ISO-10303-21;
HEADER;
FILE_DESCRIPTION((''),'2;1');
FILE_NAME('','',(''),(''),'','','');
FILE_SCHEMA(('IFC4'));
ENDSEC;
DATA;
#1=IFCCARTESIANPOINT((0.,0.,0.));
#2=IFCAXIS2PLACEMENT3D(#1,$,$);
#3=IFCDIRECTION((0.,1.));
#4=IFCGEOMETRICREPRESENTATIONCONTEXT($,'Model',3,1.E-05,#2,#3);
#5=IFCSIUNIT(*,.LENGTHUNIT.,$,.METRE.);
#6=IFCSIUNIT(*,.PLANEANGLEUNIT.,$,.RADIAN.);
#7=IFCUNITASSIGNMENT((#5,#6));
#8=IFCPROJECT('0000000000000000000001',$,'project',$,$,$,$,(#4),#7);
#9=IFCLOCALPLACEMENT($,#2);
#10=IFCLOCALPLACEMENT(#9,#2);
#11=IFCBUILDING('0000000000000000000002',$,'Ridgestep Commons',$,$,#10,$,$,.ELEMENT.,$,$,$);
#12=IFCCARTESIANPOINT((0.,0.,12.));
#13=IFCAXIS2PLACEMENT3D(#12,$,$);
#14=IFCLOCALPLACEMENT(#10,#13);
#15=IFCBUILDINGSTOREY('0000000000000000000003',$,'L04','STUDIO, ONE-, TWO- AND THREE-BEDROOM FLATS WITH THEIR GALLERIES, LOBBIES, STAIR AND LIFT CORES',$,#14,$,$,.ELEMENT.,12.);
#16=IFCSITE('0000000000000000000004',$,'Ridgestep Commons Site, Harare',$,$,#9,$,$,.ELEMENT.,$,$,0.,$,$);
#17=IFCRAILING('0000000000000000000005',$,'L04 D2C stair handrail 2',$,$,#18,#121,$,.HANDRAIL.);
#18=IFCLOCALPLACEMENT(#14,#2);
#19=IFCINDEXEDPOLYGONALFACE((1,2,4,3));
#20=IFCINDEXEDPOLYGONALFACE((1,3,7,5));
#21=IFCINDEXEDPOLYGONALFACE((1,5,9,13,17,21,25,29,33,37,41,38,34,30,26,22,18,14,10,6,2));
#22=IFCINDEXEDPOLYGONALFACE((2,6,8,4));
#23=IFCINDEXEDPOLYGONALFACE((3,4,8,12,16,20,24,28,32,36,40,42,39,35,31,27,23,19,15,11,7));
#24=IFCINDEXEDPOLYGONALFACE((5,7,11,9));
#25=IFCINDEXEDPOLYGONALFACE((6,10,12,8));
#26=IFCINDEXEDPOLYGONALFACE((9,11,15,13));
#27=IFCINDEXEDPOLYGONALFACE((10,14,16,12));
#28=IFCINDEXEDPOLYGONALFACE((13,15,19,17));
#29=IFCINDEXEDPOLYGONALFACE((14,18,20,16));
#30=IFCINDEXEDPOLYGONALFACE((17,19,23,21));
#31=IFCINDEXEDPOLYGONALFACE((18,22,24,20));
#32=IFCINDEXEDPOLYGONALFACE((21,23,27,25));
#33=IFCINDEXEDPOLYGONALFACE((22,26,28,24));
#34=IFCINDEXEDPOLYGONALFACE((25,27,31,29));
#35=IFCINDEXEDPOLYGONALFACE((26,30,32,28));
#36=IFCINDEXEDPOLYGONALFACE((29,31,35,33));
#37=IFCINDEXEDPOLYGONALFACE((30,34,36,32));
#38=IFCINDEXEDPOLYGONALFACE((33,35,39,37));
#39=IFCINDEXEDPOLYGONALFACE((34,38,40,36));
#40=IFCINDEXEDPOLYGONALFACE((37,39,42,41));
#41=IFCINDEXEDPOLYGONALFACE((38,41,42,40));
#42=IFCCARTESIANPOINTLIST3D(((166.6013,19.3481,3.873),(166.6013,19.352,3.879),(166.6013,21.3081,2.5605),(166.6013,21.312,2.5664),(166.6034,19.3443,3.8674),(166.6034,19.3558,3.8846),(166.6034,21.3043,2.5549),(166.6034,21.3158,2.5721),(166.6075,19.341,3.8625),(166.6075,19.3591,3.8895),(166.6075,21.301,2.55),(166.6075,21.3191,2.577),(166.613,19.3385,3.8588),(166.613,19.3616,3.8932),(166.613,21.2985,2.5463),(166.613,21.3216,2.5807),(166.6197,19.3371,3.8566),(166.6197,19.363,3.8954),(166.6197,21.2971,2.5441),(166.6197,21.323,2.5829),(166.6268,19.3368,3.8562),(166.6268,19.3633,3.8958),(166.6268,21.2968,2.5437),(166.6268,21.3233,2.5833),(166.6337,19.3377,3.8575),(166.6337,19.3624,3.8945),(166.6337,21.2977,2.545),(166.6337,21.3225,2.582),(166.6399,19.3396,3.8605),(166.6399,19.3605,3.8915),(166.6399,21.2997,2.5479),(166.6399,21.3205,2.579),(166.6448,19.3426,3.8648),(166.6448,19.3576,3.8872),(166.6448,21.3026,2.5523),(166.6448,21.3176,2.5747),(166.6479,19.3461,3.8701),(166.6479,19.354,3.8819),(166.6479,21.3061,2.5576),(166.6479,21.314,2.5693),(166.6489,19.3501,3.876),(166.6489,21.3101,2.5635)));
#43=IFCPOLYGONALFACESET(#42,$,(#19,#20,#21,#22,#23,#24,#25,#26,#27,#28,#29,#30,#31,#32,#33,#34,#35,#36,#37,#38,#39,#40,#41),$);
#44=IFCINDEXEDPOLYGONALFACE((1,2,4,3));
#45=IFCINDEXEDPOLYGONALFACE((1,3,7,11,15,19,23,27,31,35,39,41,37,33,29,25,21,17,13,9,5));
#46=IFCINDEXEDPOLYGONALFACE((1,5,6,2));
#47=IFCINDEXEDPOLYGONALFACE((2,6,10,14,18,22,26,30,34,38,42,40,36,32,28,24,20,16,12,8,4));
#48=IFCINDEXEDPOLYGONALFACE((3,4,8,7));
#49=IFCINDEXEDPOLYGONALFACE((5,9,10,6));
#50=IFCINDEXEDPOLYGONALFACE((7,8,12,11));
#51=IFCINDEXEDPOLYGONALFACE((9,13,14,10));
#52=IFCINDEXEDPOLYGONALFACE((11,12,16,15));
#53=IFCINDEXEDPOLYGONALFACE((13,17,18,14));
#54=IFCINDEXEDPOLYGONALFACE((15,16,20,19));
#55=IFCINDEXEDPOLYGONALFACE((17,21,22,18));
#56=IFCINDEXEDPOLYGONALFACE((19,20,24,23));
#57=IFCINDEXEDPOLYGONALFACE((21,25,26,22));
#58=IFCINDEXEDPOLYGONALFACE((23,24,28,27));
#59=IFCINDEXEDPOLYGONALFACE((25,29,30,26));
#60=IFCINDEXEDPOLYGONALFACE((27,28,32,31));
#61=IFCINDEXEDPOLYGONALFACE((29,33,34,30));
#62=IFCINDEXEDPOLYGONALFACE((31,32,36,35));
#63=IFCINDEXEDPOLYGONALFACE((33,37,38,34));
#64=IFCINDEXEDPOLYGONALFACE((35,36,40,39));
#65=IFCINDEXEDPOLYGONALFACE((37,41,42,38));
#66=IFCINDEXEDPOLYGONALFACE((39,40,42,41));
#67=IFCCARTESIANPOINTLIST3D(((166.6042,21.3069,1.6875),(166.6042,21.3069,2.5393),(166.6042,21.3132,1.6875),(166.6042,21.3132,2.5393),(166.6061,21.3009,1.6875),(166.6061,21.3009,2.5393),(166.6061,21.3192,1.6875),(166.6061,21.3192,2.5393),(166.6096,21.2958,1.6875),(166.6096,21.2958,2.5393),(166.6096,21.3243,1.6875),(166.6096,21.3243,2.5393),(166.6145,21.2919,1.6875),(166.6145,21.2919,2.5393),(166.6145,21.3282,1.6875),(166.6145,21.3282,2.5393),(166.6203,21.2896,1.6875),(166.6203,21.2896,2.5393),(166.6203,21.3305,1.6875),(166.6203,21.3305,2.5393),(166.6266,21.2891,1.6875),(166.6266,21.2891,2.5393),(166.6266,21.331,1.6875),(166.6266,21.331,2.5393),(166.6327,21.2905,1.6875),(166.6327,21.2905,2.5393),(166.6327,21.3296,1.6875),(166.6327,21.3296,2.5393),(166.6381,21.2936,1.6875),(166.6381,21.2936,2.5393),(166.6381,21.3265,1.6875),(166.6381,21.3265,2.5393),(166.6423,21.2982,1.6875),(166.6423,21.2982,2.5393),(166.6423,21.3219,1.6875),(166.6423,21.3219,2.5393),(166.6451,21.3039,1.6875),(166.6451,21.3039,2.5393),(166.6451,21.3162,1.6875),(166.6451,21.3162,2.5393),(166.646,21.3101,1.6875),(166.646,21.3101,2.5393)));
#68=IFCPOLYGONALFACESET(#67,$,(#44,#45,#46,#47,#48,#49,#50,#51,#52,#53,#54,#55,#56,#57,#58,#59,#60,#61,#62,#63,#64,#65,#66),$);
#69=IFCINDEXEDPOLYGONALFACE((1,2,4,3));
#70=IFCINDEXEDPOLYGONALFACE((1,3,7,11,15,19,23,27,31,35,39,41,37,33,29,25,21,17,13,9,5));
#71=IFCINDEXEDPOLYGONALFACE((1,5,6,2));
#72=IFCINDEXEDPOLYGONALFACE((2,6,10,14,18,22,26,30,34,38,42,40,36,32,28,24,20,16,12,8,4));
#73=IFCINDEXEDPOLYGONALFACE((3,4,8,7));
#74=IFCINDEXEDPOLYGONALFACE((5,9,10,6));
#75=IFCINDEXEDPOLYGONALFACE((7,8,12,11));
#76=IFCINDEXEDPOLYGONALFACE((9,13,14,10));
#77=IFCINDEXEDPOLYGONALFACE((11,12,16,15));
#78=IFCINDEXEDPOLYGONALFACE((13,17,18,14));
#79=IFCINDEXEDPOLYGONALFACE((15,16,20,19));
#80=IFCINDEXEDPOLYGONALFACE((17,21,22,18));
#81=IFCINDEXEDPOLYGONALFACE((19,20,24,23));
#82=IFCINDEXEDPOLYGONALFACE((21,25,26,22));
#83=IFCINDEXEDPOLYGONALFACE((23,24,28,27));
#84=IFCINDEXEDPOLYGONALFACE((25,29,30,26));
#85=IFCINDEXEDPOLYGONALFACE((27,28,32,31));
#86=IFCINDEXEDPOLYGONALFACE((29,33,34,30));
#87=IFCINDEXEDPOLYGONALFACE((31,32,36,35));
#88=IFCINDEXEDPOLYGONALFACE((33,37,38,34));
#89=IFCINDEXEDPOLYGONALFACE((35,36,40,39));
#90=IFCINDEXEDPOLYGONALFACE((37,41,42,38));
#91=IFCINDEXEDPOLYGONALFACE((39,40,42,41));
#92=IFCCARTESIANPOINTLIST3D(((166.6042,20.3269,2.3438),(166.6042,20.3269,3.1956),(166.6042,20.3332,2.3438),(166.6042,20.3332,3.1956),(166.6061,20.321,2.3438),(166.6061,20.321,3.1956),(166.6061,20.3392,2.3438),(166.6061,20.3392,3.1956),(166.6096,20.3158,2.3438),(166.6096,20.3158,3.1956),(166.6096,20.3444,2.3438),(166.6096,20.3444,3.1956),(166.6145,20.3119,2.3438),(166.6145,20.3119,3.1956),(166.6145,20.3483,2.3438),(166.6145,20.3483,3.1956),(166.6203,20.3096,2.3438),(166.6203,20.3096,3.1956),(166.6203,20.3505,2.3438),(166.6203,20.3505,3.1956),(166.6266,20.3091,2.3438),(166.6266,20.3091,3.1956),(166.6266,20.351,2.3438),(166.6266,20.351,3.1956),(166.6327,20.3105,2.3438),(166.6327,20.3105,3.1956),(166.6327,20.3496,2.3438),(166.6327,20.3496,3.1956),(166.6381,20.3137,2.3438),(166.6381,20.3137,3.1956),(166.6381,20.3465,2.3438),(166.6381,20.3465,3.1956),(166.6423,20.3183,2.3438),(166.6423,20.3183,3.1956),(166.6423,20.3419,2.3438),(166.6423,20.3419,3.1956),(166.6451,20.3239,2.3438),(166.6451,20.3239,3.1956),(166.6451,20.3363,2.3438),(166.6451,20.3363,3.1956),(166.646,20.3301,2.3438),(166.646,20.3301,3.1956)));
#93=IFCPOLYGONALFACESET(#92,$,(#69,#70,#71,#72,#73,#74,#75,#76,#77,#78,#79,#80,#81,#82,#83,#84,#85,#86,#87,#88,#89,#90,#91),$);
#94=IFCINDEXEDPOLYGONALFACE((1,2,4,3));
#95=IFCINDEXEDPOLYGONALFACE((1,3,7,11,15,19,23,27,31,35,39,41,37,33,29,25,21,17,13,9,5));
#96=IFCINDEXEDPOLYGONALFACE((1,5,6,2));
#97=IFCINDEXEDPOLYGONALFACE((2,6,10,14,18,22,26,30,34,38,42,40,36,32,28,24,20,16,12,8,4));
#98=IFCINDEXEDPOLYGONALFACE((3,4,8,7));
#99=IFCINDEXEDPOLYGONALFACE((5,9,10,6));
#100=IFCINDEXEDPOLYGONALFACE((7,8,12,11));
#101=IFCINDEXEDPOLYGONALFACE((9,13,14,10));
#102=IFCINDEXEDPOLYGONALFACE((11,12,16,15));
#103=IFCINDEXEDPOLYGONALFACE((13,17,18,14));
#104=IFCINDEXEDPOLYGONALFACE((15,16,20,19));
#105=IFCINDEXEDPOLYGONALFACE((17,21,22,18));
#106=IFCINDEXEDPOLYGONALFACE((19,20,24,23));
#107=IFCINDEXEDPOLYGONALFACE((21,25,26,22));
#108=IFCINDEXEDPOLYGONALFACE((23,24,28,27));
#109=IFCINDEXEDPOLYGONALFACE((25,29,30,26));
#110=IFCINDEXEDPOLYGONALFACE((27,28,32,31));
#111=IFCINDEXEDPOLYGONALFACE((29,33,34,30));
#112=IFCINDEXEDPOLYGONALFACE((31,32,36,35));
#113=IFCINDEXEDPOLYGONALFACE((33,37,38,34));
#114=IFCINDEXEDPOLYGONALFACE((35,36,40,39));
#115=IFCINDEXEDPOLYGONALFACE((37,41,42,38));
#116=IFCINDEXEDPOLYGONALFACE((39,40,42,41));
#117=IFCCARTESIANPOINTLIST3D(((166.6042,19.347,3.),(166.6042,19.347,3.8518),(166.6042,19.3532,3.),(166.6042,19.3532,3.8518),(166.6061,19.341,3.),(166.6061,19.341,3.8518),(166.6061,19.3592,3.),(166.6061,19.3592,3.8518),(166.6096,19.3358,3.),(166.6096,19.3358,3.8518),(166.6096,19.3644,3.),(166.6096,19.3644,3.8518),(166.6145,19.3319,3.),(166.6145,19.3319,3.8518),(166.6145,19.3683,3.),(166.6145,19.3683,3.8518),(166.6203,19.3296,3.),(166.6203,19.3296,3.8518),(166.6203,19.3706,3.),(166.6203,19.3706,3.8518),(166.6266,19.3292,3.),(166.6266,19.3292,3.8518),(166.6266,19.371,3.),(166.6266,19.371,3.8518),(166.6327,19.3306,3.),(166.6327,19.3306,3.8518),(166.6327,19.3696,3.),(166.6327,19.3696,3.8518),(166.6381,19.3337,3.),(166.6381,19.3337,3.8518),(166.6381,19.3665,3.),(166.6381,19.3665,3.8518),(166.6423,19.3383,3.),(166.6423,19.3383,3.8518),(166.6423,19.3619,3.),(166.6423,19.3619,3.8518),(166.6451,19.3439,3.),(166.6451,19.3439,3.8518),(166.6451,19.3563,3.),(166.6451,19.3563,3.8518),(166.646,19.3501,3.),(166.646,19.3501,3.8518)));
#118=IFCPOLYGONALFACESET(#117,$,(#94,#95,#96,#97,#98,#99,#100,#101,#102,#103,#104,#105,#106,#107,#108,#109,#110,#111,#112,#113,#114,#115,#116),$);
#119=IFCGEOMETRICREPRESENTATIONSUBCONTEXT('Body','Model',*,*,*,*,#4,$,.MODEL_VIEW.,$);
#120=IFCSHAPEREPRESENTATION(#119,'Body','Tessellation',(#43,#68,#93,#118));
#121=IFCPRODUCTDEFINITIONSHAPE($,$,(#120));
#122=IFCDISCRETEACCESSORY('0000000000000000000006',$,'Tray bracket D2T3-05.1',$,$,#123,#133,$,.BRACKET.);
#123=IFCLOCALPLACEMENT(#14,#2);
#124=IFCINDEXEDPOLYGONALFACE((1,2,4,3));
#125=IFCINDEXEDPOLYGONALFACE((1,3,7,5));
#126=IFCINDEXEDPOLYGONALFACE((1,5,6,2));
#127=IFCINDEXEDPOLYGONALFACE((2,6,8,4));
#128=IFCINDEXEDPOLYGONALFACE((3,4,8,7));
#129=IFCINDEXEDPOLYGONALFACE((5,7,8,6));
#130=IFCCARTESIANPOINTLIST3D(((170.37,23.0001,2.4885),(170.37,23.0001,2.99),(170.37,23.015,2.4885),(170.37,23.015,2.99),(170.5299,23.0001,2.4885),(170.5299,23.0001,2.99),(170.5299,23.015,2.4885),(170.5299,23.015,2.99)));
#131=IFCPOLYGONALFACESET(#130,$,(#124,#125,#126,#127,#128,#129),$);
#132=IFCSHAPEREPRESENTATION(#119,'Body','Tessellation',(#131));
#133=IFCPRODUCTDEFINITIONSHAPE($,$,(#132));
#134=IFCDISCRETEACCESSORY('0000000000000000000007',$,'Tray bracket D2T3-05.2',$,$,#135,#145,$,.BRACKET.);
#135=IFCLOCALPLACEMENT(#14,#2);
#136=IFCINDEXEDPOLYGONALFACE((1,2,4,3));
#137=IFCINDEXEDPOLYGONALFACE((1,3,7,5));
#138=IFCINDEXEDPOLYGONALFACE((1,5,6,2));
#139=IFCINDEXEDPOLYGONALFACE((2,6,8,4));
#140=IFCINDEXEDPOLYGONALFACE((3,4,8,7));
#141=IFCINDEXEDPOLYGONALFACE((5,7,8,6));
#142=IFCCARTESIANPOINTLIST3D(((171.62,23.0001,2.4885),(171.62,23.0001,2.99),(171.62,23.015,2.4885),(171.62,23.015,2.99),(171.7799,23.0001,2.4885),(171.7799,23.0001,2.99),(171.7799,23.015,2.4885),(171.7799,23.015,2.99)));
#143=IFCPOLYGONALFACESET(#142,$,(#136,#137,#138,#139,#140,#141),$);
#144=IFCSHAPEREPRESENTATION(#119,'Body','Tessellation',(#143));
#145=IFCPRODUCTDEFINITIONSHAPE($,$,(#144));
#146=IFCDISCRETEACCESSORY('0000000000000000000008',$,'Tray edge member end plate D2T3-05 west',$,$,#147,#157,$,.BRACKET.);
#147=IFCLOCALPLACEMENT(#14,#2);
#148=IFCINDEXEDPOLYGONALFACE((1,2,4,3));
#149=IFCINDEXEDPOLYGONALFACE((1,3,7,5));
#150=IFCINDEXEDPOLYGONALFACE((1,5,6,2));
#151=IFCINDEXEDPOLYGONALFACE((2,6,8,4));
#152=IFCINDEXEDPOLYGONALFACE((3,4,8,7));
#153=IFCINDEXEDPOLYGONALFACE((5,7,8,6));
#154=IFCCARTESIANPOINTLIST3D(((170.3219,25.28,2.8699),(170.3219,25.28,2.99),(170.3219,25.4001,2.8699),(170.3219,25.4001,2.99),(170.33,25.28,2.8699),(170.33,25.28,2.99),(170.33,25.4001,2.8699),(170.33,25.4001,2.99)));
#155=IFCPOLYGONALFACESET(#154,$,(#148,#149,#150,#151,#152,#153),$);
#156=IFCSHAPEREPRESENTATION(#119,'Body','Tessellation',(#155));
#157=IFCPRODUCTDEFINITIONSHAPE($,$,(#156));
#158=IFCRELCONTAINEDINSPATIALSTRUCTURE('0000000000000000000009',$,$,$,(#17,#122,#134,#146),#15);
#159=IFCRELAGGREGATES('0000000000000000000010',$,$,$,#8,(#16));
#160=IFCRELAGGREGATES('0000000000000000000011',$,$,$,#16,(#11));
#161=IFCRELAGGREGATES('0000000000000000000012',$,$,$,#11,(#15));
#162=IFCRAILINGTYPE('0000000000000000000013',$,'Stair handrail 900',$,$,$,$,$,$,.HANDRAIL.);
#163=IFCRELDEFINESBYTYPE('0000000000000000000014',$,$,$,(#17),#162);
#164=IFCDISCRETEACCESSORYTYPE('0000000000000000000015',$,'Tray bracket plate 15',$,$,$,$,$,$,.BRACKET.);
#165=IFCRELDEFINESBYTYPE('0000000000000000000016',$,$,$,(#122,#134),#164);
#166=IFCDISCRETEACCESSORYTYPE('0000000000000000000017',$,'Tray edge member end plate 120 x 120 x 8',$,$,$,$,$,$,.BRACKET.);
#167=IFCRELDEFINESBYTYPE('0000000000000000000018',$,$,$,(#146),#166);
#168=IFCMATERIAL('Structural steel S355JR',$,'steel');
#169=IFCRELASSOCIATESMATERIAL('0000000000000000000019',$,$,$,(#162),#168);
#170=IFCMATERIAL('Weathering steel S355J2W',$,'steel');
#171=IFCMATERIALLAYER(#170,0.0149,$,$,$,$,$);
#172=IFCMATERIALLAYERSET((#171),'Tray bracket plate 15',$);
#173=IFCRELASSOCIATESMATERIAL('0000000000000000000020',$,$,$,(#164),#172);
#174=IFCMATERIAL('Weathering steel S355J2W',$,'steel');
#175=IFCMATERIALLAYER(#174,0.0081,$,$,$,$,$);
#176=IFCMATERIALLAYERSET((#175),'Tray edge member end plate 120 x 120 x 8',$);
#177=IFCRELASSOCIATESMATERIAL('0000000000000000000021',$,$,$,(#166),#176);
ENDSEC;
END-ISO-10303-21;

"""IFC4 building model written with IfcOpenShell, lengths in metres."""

from ifc_helpers import new_model, si_unit, direction, frame, origin, origin_2d, place, context, subcontext, project, spatial, rectangle, circle, extrude, material, layer, layer_set, type_object, element, save


model = new_model("IFC4")

# Units and contexts
model_context = context("Model", 3, precision=1e-05, world=origin(), true_north=direction((0.0, 1.0)))
body_context = subcontext(model_context, "Body", "Model", "MODEL_VIEW")
ifc_project = project(units=[si_unit("LENGTHUNIT", "METRE"), si_unit("PLANEANGLEUNIT", "RADIAN")], contexts=[model_context])

# Site, building, storey
site_placement = place(None, origin())
site = spatial("IfcSite", under=ifc_project, at=site_placement, Name="Ridgestep Commons Site, Harare", CompositionType="ELEMENT", RefElevation=0.0)
building_placement = place(site_placement, origin())
building = spatial("IfcBuilding", under=site, at=building_placement, Name="Ridgestep Commons", CompositionType="ELEMENT")
storey_placement = place(building_placement, frame((0.0, 0.0, 12.0)))
storey = spatial("IfcBuildingStorey", under=building, at=storey_placement, Name="L04", Description="STUDIO, ONE-, TWO- AND THREE-BEDROOM FLATS WITH THEIR GALLERIES, LOBBIES, STAIR AND LIFT CORES", CompositionType="ELEMENT", Elevation=12.0)

# Railing
ifc_material_1 = material(Name="Structural steel S355JR", Category="steel")
railing_type_1 = type_object("IfcRailingType", Name="Stair handrail 900", PredefinedType="HANDRAIL", material=ifc_material_1)
railing_1_placement = place(storey_placement, frame((166.625, 21.3101, 1.6875)))
element("IfcRailing", 1, at=railing_1_placement, inside=storey, type_object=railing_type_1, Name="L04 D2C stair handrail 2", PredefinedType="HANDRAIL", context=body_context, shape_type="SweptSolid", body=[
    extrude(circle(Radius=0.0239, at=origin_2d()), frame((0.0, 0.0, 0.876), z_axis=(0.0, -0.830902, 0.556419), x_axis=(1.0, 0.0, 0.0)), (0.0, 0.0, 1.0), 2.3589),
    extrude(circle(Radius=0.021, at=origin_2d()), origin(), (0.0, 0.0, 1.0), 0.8518),
    extrude(circle(Radius=0.021, at=origin_2d()), frame((0.0, -0.98, 0.6562)), (0.0, 0.0, 1.0), 0.8518),
    extrude(circle(Radius=0.021, at=origin_2d()), frame((0.0, -1.96, 1.3125)), (0.0, 0.0, 1.0), 0.8518),
])

# Discrete accessories
ifc_material_2 = material(Name="Weathering steel S355J2W", Category="steel")
ifc_layer_1 = layer(ifc_material_2, 0.0149)
ifc_layer_set_1 = layer_set([ifc_layer_1], Name="Tray bracket plate 15")
discrete_accessory_type_1 = type_object("IfcDiscreteAccessoryType", Name="Tray bracket plate 15", PredefinedType="BRACKET", material=ifc_layer_set_1)
for number, where, z_axis, x_axis, name in (
    (2, (170.45, 23.0076, 2.4885), (0.0, 0.0, 1.0), (1.0, 0.0, 0.0), "Tray bracket D2T3-05.1"),
    (3, (171.7, 23.0076, 2.4885), (0.0, 0.0, 1.0), (1.0, 0.0, 0.0), "Tray bracket D2T3-05.2"),
):
    element("IfcDiscreteAccessory", number, at=place(storey_placement, frame(where, z_axis=z_axis, x_axis=x_axis)), inside=storey, type_object=discrete_accessory_type_1, Name=name, PredefinedType="BRACKET", context=body_context, shape_type="SweptSolid", body=[
        extrude(rectangle(XDim=0.1599, YDim=0.0149, at=origin_2d()), origin(), (0.0, 0.0, 1.0), 0.5015),
    ])
ifc_material_3 = material(Name="Weathering steel S355J2W", Category="steel")
ifc_layer_2 = layer(ifc_material_3, 0.0081)
ifc_layer_set_2 = layer_set([ifc_layer_2], Name="Tray edge member end plate 120 x 120 x 8")
discrete_accessory_type_2 = type_object("IfcDiscreteAccessoryType", Name="Tray edge member end plate 120 x 120 x 8", PredefinedType="BRACKET", material=ifc_layer_set_2)
discrete_accessory_placement = place(storey_placement, frame((170.3259, 25.3401, 2.8699), z_axis=(0.0, 0.0, 1.0), x_axis=(1.0, 0.0, 0.0)))
element("IfcDiscreteAccessory", 4, at=discrete_accessory_placement, inside=storey, type_object=discrete_accessory_type_2, Name="Tray edge member end plate D2T3-05 west", PredefinedType="BRACKET", context=body_context, shape_type="SweptSolid", body=[
    extrude(rectangle(XDim=0.0081, YDim=0.1201, at=origin_2d()), origin(), (0.0, 0.0, 1.0), 0.1201),
])

save(model, "model.ifc")
